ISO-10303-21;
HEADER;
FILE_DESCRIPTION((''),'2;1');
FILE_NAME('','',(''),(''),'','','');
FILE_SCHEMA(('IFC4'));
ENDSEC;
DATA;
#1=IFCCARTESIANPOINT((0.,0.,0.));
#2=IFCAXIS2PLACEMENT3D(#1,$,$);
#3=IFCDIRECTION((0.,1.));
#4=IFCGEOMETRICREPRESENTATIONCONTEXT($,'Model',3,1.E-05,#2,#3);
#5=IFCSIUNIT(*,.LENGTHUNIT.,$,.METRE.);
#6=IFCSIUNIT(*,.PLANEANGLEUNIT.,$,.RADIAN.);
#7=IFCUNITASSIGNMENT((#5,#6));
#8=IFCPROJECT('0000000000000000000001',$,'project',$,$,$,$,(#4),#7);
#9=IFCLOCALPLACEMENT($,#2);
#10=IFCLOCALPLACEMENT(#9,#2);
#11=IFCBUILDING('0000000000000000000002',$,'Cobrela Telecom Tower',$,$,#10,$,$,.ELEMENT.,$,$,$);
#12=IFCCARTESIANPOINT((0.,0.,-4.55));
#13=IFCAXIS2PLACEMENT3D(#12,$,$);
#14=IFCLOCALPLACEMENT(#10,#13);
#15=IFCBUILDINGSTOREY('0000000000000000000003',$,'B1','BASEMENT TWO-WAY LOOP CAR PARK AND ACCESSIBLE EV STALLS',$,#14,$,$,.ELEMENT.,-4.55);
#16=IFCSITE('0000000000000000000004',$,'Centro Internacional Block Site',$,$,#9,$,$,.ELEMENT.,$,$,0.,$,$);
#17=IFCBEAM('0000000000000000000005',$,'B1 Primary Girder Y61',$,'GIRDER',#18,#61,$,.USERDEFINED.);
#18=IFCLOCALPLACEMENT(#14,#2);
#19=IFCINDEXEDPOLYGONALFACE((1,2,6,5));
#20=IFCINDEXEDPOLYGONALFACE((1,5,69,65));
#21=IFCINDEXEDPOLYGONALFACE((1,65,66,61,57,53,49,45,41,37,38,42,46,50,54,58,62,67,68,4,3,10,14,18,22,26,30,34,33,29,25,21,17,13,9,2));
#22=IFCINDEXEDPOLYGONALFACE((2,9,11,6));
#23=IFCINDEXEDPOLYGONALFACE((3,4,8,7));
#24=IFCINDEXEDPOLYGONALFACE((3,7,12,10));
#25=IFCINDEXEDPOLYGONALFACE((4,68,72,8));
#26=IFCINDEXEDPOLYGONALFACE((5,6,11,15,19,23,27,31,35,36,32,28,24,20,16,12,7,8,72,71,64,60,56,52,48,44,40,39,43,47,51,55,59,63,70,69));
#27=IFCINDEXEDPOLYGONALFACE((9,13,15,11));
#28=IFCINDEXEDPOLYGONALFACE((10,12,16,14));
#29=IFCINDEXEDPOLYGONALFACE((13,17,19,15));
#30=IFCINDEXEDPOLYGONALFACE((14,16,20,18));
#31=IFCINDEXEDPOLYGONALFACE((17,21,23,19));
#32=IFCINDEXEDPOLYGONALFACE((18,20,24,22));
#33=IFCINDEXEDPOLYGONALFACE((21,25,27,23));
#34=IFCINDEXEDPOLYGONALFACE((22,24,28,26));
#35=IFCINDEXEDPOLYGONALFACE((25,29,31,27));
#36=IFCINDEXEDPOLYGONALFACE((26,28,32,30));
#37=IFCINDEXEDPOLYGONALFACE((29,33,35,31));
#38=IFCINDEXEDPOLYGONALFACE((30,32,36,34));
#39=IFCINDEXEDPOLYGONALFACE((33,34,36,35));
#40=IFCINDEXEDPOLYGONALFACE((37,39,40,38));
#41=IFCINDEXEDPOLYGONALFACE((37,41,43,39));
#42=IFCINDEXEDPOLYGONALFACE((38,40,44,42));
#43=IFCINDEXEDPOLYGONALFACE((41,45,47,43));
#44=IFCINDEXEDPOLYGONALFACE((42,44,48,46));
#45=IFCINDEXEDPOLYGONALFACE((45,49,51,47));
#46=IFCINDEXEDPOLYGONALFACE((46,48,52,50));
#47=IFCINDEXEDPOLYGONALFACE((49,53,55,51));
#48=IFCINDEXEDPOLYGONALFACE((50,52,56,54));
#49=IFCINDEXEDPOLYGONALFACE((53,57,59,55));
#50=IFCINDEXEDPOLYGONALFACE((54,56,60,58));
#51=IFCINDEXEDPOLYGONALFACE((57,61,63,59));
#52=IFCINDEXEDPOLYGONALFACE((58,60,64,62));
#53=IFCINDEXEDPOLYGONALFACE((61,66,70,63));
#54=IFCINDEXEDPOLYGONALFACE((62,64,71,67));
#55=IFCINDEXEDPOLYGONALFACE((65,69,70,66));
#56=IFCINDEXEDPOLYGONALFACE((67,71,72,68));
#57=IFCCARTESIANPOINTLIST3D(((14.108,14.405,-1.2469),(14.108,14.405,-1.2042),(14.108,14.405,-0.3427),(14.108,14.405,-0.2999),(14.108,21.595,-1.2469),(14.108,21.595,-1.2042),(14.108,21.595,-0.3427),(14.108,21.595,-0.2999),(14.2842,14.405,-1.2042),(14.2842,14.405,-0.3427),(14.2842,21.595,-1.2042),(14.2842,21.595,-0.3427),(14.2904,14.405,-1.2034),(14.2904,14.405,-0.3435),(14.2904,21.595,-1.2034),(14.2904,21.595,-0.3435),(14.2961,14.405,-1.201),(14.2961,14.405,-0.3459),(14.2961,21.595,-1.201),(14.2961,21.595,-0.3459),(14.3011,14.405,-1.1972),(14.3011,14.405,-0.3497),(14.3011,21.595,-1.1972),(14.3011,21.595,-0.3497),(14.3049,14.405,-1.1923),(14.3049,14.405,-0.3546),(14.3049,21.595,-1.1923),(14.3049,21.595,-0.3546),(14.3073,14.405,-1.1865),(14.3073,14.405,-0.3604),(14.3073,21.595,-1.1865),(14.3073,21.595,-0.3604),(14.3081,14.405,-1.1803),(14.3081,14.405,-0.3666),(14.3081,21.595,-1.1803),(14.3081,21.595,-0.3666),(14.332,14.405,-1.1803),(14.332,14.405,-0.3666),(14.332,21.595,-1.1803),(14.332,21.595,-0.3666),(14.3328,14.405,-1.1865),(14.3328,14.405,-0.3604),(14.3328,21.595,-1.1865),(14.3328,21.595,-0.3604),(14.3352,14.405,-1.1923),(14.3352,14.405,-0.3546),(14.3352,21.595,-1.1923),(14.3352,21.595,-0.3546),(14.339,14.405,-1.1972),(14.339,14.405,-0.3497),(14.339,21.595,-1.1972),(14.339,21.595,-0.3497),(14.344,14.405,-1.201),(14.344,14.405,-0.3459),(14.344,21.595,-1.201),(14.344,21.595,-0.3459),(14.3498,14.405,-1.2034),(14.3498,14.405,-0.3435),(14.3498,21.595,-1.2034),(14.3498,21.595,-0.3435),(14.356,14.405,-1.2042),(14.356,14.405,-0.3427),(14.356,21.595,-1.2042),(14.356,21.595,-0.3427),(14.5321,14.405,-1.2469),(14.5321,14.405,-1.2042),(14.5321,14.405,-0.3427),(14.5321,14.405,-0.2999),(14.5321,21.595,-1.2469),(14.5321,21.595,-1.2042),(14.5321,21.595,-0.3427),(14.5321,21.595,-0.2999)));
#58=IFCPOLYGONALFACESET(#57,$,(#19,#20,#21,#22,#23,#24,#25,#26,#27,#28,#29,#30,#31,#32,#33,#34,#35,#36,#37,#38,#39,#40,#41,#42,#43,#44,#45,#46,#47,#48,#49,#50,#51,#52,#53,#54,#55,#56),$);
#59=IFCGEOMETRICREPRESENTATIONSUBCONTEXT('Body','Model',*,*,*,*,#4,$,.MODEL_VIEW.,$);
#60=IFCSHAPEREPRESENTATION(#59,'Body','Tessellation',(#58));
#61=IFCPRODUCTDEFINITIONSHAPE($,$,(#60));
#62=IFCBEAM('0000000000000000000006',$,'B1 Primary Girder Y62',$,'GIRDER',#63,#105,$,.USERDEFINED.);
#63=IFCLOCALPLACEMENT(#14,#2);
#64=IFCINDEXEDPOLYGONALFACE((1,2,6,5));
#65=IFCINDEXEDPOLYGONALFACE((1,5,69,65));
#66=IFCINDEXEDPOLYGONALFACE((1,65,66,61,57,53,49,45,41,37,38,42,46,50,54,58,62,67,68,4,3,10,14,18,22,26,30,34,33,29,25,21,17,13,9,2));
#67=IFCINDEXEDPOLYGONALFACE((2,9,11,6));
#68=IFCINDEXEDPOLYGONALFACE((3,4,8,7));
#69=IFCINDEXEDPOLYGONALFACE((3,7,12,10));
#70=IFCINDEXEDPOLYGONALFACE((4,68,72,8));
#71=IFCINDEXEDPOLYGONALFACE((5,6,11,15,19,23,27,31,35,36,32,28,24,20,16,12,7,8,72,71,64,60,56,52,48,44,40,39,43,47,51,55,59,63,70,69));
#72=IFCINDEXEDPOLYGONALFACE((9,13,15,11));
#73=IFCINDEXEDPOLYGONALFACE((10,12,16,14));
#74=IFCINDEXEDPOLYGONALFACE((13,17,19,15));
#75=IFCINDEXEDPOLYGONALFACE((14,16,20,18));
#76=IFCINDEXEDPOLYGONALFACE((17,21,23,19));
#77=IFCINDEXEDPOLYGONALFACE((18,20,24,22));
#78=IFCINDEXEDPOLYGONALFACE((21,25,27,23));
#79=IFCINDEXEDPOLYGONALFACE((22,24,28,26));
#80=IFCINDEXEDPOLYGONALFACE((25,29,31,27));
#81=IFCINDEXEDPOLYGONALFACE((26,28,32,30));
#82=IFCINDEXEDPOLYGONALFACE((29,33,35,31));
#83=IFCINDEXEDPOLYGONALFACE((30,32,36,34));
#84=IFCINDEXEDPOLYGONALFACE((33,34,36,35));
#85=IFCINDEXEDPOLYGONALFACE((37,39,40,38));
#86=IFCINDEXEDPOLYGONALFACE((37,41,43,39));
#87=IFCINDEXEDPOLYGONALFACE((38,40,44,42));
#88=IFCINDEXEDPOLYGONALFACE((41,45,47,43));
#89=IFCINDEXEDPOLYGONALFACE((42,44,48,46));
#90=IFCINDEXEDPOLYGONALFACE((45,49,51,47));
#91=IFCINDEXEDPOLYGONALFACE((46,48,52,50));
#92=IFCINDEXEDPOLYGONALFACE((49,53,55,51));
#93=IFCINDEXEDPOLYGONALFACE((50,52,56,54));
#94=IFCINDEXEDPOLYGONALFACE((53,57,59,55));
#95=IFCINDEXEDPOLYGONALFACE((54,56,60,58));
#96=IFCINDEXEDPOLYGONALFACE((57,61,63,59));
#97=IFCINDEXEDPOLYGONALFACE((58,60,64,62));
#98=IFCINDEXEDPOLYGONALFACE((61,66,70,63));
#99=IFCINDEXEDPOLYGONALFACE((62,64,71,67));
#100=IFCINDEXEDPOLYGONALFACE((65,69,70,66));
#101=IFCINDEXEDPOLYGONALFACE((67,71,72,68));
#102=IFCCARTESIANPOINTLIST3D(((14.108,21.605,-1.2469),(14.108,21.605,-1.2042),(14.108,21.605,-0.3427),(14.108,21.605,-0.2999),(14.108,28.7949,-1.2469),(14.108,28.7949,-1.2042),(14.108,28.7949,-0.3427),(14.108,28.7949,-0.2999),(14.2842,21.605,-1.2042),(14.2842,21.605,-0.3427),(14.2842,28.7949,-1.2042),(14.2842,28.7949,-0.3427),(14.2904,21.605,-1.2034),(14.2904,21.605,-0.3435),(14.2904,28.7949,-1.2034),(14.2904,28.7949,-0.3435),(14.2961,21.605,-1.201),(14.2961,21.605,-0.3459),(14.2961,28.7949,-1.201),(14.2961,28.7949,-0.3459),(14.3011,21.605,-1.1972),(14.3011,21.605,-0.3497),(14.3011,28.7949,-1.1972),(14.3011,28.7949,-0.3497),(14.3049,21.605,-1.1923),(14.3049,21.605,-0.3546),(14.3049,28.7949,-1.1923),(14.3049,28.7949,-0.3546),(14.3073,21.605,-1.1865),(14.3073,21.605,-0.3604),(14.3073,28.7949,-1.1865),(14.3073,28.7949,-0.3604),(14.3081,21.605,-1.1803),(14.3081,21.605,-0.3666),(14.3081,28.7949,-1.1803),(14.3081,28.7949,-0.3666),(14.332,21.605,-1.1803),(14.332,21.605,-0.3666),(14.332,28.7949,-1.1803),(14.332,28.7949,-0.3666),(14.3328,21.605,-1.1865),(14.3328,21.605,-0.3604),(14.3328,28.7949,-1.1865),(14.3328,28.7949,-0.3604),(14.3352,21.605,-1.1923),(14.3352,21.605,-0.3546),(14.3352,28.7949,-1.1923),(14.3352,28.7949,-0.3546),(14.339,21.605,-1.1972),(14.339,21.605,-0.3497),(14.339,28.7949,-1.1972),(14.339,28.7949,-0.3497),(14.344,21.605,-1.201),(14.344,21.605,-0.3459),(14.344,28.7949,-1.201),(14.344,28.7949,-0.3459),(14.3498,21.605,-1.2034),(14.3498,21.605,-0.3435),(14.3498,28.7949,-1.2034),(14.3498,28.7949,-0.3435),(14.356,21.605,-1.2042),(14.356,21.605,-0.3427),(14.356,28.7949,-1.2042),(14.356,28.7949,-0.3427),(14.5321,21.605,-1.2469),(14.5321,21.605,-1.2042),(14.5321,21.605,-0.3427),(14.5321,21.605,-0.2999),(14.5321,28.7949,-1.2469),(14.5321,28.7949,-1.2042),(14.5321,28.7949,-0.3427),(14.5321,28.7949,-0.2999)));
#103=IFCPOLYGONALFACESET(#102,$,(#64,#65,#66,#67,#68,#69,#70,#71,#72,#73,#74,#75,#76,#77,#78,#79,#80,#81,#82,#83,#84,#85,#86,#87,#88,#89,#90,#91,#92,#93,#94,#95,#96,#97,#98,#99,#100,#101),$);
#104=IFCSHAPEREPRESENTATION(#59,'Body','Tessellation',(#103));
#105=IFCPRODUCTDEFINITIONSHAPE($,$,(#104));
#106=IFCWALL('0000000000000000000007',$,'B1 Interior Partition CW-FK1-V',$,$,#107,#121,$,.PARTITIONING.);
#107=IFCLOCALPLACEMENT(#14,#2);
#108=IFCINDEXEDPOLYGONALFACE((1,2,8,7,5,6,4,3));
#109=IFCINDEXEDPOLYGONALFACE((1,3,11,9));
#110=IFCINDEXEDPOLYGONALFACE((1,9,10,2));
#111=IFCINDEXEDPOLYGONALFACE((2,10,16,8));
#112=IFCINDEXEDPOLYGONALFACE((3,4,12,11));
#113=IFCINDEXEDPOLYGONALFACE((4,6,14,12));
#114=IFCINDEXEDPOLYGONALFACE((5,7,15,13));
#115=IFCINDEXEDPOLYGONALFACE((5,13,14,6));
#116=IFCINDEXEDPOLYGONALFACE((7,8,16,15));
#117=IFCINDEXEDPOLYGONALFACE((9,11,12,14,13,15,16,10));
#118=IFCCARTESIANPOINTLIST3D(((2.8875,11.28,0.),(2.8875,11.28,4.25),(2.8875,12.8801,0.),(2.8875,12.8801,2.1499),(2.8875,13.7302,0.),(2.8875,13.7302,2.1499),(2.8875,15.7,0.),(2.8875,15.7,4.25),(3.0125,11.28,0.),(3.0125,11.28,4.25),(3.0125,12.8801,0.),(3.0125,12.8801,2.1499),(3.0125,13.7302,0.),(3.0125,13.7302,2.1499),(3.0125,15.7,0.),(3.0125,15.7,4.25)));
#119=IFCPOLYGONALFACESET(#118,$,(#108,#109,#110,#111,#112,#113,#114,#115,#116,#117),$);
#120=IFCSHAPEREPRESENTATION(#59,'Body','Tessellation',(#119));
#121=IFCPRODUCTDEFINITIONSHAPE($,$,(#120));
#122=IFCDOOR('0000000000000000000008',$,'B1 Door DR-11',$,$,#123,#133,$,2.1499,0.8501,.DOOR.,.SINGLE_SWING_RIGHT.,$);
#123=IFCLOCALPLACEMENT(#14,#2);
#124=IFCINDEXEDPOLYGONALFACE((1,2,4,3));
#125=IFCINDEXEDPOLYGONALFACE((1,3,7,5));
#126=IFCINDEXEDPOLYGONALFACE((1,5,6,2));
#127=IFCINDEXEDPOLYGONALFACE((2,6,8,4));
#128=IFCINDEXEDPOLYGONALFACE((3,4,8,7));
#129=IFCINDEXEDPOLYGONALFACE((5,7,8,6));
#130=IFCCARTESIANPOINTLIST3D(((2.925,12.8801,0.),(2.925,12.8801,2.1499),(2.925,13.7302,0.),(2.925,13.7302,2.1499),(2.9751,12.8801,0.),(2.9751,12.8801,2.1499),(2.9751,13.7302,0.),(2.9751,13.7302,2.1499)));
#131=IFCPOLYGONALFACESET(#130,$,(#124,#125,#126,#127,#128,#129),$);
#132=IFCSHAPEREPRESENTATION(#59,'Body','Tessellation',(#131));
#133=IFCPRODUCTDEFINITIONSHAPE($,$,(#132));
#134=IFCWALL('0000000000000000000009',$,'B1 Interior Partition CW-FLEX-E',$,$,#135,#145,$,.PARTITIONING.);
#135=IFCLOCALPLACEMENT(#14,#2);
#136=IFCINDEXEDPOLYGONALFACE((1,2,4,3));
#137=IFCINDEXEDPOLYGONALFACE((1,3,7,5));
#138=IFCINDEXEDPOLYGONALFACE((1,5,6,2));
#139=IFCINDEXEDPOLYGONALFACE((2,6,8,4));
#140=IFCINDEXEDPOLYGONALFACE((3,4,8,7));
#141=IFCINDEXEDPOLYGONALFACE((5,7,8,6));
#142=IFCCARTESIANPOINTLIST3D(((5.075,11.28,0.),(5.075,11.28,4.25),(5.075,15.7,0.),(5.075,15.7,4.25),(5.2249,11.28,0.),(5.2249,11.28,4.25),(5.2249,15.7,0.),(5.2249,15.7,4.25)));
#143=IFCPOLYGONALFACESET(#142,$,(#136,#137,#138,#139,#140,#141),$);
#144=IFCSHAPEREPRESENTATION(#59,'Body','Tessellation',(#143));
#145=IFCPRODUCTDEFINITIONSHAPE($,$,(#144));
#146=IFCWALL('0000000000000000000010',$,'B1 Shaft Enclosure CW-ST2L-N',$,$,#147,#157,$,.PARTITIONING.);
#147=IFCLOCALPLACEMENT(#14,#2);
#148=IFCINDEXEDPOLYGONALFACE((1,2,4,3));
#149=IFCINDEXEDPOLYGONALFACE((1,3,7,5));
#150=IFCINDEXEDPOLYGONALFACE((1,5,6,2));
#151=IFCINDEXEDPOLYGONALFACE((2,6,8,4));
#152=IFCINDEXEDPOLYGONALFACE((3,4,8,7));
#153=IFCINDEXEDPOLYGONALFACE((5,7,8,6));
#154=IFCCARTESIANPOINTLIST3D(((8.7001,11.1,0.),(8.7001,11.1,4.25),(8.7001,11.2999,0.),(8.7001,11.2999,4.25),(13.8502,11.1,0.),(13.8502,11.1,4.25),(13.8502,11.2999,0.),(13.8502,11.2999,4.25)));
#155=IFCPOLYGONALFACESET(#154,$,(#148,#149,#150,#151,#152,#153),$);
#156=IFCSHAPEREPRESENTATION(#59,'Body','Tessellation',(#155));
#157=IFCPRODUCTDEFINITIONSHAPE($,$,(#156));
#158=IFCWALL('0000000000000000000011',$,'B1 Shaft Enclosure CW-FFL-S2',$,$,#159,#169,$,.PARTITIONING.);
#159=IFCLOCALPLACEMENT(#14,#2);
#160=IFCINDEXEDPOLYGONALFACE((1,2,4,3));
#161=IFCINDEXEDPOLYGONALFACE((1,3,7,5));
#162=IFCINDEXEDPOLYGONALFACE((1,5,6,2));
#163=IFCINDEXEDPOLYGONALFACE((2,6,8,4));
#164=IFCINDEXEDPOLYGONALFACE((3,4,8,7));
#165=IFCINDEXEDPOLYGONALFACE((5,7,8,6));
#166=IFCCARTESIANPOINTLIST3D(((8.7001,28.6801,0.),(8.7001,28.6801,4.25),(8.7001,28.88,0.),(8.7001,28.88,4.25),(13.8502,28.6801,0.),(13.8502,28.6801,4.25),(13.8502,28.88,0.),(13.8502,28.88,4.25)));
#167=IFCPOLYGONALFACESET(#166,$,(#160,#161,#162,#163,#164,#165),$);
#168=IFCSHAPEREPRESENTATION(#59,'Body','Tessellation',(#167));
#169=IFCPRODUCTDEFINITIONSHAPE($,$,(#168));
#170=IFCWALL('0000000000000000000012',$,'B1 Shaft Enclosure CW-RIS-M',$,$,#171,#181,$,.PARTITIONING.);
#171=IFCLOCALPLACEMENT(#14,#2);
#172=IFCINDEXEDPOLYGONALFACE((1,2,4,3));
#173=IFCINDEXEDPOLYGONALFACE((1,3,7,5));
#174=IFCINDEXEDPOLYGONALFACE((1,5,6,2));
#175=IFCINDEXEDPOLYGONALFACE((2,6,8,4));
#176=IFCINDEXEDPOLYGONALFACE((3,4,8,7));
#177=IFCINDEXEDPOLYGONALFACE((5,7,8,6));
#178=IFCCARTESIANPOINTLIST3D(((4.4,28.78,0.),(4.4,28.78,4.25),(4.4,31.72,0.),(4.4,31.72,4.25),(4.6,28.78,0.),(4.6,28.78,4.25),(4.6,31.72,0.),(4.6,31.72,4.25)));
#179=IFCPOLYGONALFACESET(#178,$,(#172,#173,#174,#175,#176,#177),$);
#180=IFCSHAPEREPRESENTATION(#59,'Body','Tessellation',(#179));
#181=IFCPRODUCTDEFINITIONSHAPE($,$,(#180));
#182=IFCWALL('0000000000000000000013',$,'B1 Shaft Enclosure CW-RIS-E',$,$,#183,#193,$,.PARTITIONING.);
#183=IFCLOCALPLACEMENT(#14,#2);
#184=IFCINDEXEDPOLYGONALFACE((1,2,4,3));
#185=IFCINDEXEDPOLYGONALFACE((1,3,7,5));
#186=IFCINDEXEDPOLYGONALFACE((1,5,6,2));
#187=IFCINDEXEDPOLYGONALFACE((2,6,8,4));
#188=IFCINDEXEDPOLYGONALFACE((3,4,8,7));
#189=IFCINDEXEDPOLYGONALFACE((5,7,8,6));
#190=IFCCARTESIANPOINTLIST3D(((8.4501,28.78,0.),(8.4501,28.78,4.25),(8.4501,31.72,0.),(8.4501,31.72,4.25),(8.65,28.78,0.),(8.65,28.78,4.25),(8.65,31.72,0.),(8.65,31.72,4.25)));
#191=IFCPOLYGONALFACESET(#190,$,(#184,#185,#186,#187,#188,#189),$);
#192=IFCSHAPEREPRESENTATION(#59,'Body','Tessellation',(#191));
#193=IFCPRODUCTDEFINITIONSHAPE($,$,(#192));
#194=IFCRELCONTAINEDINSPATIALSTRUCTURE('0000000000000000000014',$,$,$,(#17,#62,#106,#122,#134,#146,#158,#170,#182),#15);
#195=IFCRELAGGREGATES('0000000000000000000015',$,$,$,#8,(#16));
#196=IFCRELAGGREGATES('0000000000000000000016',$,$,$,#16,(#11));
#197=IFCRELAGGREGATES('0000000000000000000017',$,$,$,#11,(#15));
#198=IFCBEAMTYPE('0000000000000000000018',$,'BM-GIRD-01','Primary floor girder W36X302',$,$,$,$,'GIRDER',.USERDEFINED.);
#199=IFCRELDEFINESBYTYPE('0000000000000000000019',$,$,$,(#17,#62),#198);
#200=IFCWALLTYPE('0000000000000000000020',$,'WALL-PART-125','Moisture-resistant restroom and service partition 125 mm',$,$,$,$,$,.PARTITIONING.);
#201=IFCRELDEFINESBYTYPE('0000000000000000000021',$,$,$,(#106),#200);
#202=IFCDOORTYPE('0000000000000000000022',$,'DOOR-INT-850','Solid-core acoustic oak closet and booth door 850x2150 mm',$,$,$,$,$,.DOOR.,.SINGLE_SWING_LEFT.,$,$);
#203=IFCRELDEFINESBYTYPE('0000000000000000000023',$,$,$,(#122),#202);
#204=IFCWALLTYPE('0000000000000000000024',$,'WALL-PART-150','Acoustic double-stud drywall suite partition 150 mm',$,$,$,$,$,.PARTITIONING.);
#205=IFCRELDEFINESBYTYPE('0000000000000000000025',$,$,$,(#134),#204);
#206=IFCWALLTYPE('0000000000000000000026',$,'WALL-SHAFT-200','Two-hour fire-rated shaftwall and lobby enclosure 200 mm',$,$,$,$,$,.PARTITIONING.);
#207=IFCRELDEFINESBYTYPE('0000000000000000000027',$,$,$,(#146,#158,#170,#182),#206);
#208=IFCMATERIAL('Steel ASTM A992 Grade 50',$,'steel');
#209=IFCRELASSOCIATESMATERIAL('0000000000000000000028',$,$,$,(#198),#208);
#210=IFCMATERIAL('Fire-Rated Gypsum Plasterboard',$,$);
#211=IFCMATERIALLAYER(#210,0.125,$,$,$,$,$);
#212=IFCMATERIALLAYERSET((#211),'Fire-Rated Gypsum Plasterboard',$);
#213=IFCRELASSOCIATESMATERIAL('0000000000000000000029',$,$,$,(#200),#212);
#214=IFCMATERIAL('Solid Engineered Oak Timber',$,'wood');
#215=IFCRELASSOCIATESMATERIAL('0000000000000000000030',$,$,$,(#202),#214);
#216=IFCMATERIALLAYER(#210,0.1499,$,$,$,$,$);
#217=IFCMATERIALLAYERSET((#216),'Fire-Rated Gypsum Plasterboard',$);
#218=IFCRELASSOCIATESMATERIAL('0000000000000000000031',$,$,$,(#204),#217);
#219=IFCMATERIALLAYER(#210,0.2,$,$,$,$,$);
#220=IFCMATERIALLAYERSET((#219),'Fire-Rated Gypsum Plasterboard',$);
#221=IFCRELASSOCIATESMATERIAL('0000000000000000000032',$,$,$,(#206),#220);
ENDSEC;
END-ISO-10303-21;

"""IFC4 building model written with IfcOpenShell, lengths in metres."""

from ifc_helpers import new_model, si_unit, direction, frame, frame_2d, origin, origin_2d, place, context, subcontext, project, spatial, rectangle, i_section, extrude, material, layer, layer_set, material_profile, profile_set, type_object, element, fill, save


model = new_model("IFC4")

# Units and contexts
model_context = context("Model", 3, precision=1e-05, world=origin(), true_north=direction((0.0, 1.0)))
body_context = subcontext(model_context, "Body", "Model", "MODEL_VIEW")
ifc_project = project(units=[si_unit("LENGTHUNIT", "METRE"), si_unit("PLANEANGLEUNIT", "RADIAN")], contexts=[model_context])

# Site, building, storey
site_placement = place(None, origin())
site = spatial("IfcSite", under=ifc_project, at=site_placement, Name="Centro Internacional Block Site", CompositionType="ELEMENT", RefElevation=0.0)
building_placement = place(site_placement, origin())
building = spatial("IfcBuilding", under=site, at=building_placement, Name="Cobrela Telecom Tower", CompositionType="ELEMENT")
storey_placement = place(building_placement, frame((0.0, 0.0, -4.55)))
storey = spatial("IfcBuildingStorey", under=building, at=storey_placement, Name="B1", Description="BASEMENT TWO-WAY LOOP CAR PARK AND ACCESSIBLE EV STALLS", CompositionType="ELEMENT", Elevation=-4.55)

# Beams
ifc_material_1 = material(Name="Steel ASTM A992 Grade 50", Category="steel")
ifc_material_profile = material_profile(ifc_material_1, i_section(OverallWidth=0.4241, OverallDepth=0.947, WebThickness=0.0239, FlangeThickness=0.0427, FilletRadius=0.0239, at=origin_2d()), Name="W36X302")
ifc_profile_set = profile_set([ifc_material_profile], Name="Steel ASTM A992 Grade 50")
beam_type = type_object("IfcBeamType", Name="BM-GIRD-01", Description="Primary floor girder W36X302", ElementType="GIRDER", PredefinedType="USERDEFINED", material=ifc_profile_set)
for number, where, z_axis, x_axis, name in (
    (1, (14.3201, 14.405, -0.7734), (0.0, 1.0, 0.0), (-1.0, 0.0, 0.0), "B1 Primary Girder Y61"),
    (2, (14.3201, 21.605, -0.7734), (0.0, 1.0, 0.0), (-1.0, 0.0, 0.0), "B1 Primary Girder Y62"),
):
    element("IfcBeam", number, at=place(storey_placement, frame(where, z_axis=z_axis, x_axis=x_axis)), inside=storey, type_object=beam_type, Name=name, ObjectType="GIRDER", PredefinedType="USERDEFINED", context=body_context, shape_type="SweptSolid", body=[
        extrude(i_section(OverallWidth=0.4241, OverallDepth=0.947, WebThickness=0.0239, FlangeThickness=0.0427, FilletRadius=0.0239, at=origin_2d()), origin(), (0.0, 0.0, 1.0), 7.1899),
    ])

# Wall, opening, door
ifc_material_2 = material(Name="Fire-Rated Gypsum Plasterboard")
ifc_layer_1 = layer(ifc_material_2, 0.125)
ifc_layer_set_1 = layer_set([ifc_layer_1], Name="Fire-Rated Gypsum Plasterboard")
wall_type_1 = type_object("IfcWallType", Name="WALL-PART-125", Description="Moisture-resistant restroom and service partition 125 mm", PredefinedType="PARTITIONING", material=ifc_layer_set_1)
wall_1_placement = place(storey_placement, frame((2.95, 11.28, 0.0), z_axis=(0.0, 0.0, 1.0), x_axis=(0.0, 1.0, 0.0)))
wall_1 = element("IfcWall", 3, at=wall_1_placement, inside=storey, type_object=wall_type_1, Name="B1 Interior Partition CW-FK1-V", PredefinedType="PARTITIONING", context=body_context, shape_type="SweptSolid", body=[
    extrude(rectangle(XDim=4.4199, YDim=0.125, at=frame_2d((2.21, 0.0))), origin(), (0.0, 0.0, 1.0), 4.25),
])
opening_1_placement = place(wall_1_placement, frame((1.6001, 0.0, 0.0)))
opening_1 = element("IfcOpeningElement", 4, at=opening_1_placement, cuts=wall_1, PredefinedType="OPENING", context=body_context, shape_type="SweptSolid", body=[
    extrude(rectangle(XDim=0.8501, YDim=2.1499, at=frame_2d((0.425, 1.075))), frame((0.0, 0.0745, 0.0), z_axis=(0.0, -1.0, 0.0), x_axis=(1.0, 0.0, 0.0)), (0.0, 0.0, 1.0), 0.1489),
])
ifc_material_3 = material(Name="Solid Engineered Oak Timber", Category="wood")
door_type_1 = type_object("IfcDoorType", Name="DOOR-INT-850", Description="Solid-core acoustic oak closet and booth door 850x2150 mm", OperationType="SINGLE_SWING_LEFT", PredefinedType="DOOR", material=ifc_material_3)
door_1_placement = place(opening_1_placement, origin())
door_1 = element("IfcDoor", 5, at=door_1_placement, inside=storey, type_object=door_type_1, Name="B1 Door DR-11", OperationType="SINGLE_SWING_RIGHT", OverallHeight=2.1499, OverallWidth=0.8501, PredefinedType="DOOR", context=body_context, shape_type="SweptSolid", body=[
    extrude(rectangle(XDim=0.8501, YDim=2.1499, at=frame_2d((0.425, 1.075))), frame((0.0, 0.0249, 0.0), z_axis=(0.0, -1.0, 0.0), x_axis=(1.0, 0.0, 0.0)), (0.0, 0.0, 1.0), 0.05),
])
fill(opening_1, door_1)
ifc_layer_2 = layer(ifc_material_2, 0.1499)
ifc_layer_set_2 = layer_set([ifc_layer_2], Name="Fire-Rated Gypsum Plasterboard")
wall_type_2 = type_object("IfcWallType", Name="WALL-PART-150", Description="Acoustic double-stud drywall suite partition 150 mm", PredefinedType="PARTITIONING", material=ifc_layer_set_2)

# Walls
wall_2_placement = place(storey_placement, frame((5.1499, 11.28, 0.0), z_axis=(0.0, 0.0, 1.0), x_axis=(0.0, 1.0, 0.0)))
element("IfcWall", 6, at=wall_2_placement, inside=storey, type_object=wall_type_2, Name="B1 Interior Partition CW-FLEX-E", PredefinedType="PARTITIONING", context=body_context, shape_type="SweptSolid", body=[
    extrude(rectangle(XDim=4.4199, YDim=0.1499, at=frame_2d((2.21, 0.0))), origin(), (0.0, 0.0, 1.0), 4.25),
])
ifc_layer_3 = layer(ifc_material_2, 0.2)
ifc_layer_set_3 = layer_set([ifc_layer_3], Name="Fire-Rated Gypsum Plasterboard")
wall_type_3 = type_object("IfcWallType", Name="WALL-SHAFT-200", Description="Two-hour fire-rated shaftwall and lobby enclosure 200 mm", PredefinedType="PARTITIONING", material=ifc_layer_set_3)
for number, where, z_axis, x_axis, name in (
    (7, (8.7, 11.2, 0.0), (0.0, 0.0, 1.0), (1.0, 0.0, 0.0), "B1 Shaft Enclosure CW-ST2L-N"),
    (8, (8.7, 28.78, 0.0), (0.0, 0.0, 1.0), (1.0, 0.0, 0.0), "B1 Shaft Enclosure CW-FFL-S2"),
):
    element("IfcWall", number, at=place(storey_placement, frame(where, z_axis=z_axis, x_axis=x_axis)), inside=storey, type_object=wall_type_3, Name=name, PredefinedType="PARTITIONING", context=body_context, shape_type="SweptSolid", body=[
        extrude(rectangle(XDim=5.1501, YDim=0.2, at=frame_2d((2.5752, 0.0))), origin(), (0.0, 0.0, 1.0), 4.25),
    ])

# Walls
for number, where, z_axis, x_axis, name in (
    (9, (4.5, 28.78, 0.0), (0.0, 0.0, 1.0), (0.0, 1.0, 0.0), "B1 Shaft Enclosure CW-RIS-M"),
    (10, (8.55, 28.78, 0.0), (0.0, 0.0, 1.0), (0.0, 1.0, 0.0), "B1 Shaft Enclosure CW-RIS-E"),
):
    element("IfcWall", number, at=place(storey_placement, frame(where, z_axis=z_axis, x_axis=x_axis)), inside=storey, type_object=wall_type_3, Name=name, PredefinedType="PARTITIONING", context=body_context, shape_type="SweptSolid", body=[
        extrude(rectangle(XDim=2.9399, YDim=0.2, at=frame_2d((1.47, 0.0))), origin(), (0.0, 0.0, 1.0), 4.25),
    ])

save(model, "model.ifc")
